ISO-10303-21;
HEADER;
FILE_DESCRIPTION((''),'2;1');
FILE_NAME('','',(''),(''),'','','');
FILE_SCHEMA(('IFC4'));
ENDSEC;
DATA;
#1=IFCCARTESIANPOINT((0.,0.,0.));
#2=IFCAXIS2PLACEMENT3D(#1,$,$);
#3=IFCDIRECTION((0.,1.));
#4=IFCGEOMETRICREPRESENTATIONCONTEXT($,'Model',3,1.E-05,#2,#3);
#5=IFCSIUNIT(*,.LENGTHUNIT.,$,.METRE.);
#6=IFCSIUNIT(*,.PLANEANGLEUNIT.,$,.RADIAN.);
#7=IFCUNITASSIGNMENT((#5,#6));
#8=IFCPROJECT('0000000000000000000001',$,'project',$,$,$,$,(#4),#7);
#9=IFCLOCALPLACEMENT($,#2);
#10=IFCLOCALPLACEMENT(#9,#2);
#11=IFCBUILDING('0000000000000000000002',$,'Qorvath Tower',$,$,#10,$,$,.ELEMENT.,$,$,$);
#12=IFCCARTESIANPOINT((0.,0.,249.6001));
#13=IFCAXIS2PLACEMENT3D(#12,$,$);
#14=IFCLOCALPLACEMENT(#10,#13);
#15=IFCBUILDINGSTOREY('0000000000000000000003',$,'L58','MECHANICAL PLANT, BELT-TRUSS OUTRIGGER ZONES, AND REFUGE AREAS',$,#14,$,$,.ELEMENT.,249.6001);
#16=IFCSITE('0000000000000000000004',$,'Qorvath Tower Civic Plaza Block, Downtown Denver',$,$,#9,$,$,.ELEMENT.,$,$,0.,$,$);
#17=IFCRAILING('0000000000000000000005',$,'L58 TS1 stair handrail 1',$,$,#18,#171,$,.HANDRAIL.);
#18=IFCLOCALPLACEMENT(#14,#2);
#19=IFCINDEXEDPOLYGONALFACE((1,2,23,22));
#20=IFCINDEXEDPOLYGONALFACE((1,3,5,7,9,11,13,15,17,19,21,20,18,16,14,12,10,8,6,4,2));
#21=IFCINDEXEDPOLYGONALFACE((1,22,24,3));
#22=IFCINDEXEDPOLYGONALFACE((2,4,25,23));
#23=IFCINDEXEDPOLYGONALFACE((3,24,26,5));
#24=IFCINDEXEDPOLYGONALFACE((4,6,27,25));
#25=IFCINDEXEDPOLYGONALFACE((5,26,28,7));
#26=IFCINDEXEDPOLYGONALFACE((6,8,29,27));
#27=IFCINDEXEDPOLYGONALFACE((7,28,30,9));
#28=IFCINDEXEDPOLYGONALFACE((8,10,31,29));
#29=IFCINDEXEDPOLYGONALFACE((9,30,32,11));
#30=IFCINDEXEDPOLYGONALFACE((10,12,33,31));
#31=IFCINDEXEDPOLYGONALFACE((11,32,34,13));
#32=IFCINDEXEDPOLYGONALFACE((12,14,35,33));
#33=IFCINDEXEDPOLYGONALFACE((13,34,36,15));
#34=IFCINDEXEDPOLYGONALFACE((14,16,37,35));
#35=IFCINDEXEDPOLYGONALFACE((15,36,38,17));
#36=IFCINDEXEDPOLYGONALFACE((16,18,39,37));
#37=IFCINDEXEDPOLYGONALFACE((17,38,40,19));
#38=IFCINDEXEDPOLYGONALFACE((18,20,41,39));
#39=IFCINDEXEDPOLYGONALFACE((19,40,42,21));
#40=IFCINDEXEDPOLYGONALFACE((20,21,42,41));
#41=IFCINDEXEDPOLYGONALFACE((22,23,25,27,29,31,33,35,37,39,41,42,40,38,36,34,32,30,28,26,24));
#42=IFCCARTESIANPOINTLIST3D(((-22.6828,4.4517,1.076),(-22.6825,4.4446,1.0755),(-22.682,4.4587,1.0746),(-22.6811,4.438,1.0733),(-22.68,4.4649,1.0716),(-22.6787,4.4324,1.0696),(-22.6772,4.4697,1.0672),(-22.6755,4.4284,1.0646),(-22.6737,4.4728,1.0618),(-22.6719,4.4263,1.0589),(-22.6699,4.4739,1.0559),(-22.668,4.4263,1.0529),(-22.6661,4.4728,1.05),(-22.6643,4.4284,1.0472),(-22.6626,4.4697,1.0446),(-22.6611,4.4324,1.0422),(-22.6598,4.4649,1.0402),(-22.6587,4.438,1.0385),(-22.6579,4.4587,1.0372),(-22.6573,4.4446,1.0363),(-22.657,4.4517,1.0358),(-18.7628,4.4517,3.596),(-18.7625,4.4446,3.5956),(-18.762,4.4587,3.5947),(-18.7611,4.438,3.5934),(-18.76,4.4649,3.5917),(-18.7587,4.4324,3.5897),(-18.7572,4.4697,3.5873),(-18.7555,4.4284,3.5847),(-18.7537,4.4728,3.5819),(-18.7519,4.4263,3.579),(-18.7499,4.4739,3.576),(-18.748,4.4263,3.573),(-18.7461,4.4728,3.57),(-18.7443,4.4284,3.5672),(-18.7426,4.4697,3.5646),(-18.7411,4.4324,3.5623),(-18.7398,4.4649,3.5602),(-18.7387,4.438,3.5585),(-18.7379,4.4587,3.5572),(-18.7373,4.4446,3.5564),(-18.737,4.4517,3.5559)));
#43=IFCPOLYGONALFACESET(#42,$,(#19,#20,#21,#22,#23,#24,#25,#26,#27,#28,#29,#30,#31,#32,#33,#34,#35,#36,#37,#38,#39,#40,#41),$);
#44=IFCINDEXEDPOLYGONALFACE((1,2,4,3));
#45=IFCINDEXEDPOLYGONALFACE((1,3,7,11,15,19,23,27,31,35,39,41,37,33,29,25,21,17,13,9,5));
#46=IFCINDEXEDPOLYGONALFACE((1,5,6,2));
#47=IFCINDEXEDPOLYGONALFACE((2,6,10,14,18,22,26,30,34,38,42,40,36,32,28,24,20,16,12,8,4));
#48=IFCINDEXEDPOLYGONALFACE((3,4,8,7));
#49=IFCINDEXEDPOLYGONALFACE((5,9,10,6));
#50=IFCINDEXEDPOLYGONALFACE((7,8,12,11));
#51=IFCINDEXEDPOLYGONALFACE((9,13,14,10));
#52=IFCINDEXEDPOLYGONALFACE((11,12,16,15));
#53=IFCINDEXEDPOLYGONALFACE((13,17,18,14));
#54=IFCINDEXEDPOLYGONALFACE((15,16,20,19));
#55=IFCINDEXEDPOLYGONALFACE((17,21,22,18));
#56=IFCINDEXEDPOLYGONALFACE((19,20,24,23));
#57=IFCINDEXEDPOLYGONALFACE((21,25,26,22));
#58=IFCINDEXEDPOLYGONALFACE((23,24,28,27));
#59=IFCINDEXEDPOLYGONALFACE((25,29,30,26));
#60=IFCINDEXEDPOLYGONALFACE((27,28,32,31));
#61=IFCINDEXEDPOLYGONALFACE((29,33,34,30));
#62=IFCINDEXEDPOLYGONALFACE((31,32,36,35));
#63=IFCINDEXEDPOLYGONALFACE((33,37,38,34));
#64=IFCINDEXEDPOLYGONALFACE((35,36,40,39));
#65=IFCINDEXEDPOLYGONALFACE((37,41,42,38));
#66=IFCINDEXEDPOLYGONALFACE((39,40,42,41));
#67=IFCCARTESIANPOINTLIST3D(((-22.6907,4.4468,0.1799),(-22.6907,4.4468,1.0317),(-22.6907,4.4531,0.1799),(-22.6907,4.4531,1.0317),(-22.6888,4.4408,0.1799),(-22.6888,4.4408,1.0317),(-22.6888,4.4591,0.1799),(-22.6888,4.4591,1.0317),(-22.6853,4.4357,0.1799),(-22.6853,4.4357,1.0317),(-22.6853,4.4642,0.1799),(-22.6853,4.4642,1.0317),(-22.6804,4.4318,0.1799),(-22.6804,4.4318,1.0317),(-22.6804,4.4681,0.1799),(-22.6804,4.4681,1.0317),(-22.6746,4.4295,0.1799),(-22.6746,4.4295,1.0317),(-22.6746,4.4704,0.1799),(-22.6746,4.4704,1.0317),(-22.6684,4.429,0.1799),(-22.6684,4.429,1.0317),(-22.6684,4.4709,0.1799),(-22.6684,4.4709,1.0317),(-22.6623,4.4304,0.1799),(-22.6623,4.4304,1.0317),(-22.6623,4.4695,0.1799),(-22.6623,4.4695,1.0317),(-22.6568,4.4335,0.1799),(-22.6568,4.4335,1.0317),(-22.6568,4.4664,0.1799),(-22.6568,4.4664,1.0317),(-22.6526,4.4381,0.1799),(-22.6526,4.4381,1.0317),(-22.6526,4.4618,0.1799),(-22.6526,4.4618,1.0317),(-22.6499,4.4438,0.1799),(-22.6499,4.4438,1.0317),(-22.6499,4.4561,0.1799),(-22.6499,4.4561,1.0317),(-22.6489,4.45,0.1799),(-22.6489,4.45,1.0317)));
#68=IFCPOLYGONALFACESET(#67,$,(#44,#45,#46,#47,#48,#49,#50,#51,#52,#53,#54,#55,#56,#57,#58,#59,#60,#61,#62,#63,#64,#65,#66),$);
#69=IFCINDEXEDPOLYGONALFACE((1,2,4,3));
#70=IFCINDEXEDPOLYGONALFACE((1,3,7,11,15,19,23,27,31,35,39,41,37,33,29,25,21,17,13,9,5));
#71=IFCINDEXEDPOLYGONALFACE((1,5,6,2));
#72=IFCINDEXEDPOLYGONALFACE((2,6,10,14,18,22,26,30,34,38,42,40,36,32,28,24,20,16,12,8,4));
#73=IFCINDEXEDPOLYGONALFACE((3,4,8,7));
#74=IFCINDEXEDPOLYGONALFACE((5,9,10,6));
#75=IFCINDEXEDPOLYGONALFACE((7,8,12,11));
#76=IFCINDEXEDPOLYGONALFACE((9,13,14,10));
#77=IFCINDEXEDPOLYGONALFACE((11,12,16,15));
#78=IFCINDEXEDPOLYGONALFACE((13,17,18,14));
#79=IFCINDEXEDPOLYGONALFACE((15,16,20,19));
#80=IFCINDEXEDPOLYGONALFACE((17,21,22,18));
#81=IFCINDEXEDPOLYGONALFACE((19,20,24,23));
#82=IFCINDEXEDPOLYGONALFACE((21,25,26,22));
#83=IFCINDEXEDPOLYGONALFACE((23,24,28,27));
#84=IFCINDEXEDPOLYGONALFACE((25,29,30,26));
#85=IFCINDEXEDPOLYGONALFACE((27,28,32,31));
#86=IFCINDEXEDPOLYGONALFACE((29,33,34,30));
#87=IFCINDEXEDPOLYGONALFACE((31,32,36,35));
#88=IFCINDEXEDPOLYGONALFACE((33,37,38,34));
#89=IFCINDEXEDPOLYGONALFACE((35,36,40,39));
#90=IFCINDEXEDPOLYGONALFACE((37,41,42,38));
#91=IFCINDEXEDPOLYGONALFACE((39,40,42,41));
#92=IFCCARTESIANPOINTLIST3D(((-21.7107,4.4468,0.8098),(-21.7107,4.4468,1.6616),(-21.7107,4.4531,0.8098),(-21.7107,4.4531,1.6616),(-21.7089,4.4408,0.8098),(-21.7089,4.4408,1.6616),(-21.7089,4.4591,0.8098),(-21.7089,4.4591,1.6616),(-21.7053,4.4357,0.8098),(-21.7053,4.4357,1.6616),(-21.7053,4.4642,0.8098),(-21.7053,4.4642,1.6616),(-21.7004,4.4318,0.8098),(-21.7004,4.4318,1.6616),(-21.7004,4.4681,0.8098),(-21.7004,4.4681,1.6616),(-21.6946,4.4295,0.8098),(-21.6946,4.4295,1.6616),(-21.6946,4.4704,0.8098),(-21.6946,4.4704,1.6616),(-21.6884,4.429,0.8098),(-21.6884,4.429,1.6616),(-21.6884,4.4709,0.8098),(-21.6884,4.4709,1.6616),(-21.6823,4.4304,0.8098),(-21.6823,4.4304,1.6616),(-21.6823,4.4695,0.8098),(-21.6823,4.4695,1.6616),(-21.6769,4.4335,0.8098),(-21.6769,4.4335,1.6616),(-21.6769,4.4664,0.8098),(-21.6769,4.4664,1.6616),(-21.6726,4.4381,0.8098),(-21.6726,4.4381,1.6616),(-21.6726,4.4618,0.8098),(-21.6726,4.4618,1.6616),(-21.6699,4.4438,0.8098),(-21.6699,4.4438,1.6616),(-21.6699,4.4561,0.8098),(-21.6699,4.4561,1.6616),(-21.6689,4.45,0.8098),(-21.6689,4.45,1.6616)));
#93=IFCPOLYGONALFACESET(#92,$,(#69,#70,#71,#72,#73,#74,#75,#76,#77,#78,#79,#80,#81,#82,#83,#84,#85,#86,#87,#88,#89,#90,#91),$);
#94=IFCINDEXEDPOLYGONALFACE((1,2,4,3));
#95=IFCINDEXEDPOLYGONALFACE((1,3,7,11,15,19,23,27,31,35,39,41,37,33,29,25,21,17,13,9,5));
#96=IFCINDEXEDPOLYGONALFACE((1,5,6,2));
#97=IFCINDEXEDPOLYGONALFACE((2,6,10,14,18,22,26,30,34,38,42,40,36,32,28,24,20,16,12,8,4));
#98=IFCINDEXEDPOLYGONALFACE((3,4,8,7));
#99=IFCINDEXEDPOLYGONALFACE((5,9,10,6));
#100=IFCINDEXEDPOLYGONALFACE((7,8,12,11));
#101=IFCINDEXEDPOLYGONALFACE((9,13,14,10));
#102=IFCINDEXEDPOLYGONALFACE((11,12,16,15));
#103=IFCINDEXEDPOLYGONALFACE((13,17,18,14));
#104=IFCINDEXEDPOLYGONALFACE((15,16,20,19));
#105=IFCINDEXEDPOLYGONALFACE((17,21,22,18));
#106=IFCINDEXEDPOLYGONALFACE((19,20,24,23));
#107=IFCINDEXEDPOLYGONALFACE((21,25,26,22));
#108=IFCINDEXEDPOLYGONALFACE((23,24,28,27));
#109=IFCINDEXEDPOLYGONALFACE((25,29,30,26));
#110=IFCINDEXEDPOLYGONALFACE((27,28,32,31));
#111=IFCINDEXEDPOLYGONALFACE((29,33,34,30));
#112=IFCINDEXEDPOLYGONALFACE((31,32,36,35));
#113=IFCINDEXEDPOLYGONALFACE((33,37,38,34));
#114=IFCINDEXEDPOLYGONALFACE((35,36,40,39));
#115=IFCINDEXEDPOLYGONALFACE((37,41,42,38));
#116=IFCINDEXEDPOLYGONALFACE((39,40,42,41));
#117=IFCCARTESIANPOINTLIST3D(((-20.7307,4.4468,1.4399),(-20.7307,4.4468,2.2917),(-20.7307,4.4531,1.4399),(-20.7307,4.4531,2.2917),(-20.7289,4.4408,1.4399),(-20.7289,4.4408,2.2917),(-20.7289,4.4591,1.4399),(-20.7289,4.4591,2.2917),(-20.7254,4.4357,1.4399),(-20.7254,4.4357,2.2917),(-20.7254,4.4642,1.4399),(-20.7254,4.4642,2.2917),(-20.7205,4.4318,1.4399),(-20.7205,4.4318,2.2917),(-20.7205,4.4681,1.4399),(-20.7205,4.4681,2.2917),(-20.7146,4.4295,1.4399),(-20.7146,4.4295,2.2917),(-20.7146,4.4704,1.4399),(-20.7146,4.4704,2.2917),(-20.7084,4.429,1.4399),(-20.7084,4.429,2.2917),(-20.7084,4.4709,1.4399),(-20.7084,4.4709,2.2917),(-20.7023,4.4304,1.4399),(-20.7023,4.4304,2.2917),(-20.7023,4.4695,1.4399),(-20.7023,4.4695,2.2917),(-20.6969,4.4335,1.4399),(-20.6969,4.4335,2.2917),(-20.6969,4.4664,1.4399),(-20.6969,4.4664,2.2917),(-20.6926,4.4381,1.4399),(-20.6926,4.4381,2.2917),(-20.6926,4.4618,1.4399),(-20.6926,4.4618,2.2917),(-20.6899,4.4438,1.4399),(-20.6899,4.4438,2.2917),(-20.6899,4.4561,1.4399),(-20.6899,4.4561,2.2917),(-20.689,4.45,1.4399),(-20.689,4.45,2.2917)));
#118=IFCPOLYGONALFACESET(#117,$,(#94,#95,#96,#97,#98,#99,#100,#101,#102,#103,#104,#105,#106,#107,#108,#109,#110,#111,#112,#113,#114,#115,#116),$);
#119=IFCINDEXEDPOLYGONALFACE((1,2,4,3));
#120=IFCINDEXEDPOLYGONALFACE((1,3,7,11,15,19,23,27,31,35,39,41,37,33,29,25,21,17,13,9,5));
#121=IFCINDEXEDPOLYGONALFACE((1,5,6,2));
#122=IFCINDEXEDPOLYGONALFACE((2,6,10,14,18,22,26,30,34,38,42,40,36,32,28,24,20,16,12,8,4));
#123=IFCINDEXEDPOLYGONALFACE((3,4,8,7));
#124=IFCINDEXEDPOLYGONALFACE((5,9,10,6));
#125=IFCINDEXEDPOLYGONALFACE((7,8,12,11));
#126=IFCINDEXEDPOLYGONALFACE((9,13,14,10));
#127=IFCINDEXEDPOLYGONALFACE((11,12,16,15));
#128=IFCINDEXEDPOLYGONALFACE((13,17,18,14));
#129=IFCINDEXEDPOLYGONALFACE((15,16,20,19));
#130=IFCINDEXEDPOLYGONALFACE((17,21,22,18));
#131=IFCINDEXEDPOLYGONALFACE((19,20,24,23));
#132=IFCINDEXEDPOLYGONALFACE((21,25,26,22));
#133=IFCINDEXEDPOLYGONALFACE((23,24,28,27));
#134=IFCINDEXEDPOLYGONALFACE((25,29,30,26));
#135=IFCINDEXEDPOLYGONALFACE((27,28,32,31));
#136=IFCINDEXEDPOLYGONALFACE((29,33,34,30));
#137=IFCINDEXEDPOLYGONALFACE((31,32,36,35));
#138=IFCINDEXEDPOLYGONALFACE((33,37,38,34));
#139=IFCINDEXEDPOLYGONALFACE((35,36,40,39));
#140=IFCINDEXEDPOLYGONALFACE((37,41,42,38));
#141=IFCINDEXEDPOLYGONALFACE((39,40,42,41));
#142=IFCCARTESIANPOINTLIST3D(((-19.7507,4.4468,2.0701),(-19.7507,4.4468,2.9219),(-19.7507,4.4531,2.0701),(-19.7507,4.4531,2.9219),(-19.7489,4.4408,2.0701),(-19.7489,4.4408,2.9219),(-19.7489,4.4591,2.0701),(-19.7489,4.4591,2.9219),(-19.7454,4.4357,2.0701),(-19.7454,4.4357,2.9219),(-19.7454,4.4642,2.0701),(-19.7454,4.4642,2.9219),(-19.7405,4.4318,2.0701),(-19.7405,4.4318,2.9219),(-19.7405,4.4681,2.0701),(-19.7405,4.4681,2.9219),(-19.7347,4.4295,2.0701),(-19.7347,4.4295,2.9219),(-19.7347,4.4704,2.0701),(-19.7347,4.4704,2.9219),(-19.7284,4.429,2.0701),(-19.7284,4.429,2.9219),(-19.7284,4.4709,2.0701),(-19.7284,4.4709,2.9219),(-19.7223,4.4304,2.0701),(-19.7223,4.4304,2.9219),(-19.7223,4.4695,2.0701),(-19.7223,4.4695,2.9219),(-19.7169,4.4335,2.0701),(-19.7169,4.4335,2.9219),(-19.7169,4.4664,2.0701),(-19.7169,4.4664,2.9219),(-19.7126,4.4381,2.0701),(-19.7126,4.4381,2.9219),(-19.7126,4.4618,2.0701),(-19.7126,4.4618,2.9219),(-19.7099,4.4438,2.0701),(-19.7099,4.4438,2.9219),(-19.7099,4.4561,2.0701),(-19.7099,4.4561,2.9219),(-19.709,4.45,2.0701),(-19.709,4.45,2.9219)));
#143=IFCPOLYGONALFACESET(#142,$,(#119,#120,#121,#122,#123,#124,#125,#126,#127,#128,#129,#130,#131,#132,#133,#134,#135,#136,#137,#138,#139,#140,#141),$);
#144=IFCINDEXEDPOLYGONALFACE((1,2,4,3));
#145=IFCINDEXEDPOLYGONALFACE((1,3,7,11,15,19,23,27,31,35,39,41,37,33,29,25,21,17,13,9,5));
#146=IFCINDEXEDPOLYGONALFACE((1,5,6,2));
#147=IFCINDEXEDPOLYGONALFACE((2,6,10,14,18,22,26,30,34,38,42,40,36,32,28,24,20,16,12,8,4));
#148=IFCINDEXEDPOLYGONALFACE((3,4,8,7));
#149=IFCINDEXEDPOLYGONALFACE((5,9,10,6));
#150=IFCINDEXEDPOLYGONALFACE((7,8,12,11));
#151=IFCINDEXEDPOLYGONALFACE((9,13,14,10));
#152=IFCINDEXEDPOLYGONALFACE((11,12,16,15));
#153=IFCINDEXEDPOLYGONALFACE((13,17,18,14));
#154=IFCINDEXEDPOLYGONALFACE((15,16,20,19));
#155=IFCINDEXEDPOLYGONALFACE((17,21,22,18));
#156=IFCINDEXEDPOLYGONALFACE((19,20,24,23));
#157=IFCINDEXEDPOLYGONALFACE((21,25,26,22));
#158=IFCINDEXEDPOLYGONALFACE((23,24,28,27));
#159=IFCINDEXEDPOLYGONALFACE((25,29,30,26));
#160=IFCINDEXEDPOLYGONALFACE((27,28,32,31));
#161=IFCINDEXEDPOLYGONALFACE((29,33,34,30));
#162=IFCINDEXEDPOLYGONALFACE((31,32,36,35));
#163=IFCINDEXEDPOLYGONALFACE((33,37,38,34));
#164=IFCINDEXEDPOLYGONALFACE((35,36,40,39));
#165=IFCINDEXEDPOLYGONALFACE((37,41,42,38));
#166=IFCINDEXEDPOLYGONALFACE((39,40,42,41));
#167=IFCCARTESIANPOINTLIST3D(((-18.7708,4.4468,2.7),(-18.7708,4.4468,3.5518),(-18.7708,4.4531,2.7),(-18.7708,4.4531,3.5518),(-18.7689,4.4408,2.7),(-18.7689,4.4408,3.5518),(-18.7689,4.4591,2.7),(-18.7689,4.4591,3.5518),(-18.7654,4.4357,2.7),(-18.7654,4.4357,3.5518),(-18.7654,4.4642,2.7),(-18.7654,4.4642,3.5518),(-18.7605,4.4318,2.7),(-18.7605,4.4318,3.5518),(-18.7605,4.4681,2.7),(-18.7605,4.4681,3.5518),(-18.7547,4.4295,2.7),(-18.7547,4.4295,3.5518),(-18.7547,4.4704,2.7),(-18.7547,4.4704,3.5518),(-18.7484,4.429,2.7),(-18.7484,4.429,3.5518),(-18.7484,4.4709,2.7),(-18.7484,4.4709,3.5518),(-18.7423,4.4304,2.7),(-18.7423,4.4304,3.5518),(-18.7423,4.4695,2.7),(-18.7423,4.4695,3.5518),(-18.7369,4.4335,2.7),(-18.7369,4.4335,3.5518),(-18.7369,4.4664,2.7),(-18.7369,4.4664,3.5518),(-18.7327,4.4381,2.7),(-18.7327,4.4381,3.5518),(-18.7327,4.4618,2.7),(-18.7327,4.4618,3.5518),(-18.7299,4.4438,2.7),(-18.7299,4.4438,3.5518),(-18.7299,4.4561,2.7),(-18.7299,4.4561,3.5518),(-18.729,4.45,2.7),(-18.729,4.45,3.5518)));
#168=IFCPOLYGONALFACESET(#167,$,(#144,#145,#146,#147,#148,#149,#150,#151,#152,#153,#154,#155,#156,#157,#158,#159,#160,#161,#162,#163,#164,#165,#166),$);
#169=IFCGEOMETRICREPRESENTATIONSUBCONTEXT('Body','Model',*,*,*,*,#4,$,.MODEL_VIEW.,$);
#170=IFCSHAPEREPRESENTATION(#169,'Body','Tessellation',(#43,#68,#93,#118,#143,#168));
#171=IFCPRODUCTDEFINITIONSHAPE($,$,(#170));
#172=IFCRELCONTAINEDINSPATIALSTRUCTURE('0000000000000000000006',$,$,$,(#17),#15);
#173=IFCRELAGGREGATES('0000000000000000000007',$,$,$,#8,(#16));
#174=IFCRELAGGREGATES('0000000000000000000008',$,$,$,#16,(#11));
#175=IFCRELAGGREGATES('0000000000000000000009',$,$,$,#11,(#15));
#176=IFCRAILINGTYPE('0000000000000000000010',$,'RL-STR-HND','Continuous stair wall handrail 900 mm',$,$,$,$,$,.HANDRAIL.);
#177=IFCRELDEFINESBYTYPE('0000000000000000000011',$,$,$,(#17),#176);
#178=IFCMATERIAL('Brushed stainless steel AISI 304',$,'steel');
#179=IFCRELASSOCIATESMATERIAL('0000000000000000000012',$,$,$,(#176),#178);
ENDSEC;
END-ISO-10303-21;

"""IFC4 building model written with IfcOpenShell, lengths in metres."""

from ifc_helpers import new_model, si_unit, direction, frame, origin, origin_2d, place, context, subcontext, project, spatial, circle, extrude, material, type_object, element, save


model = new_model("IFC4")

# Units and contexts
model_context = context("Model", 3, precision=1e-05, world=origin(), true_north=direction((0.0, 1.0)))
body_context = subcontext(model_context, "Body", "Model", "MODEL_VIEW")
ifc_project = project(units=[si_unit("LENGTHUNIT", "METRE"), si_unit("PLANEANGLEUNIT", "RADIAN")], contexts=[model_context])

# Site, building, storey
site_placement = place(None, origin())
site = spatial("IfcSite", under=ifc_project, at=site_placement, Name="Qorvath Tower Civic Plaza Block, Downtown Denver", CompositionType="ELEMENT", RefElevation=0.0)
building_placement = place(site_placement, origin())
building = spatial("IfcBuilding", under=site, at=building_placement, Name="Qorvath Tower", CompositionType="ELEMENT")
storey_placement = place(building_placement, frame((0.0, 0.0, 249.6001)))
storey = spatial("IfcBuildingStorey", under=building, at=storey_placement, Name="L58", Description="MECHANICAL PLANT, BELT-TRUSS OUTRIGGER ZONES, AND REFUGE AREAS", CompositionType="ELEMENT", Elevation=249.6001)

# Railing
ifc_material_1 = material(Name="Brushed stainless steel AISI 304", Category="steel")
railing_type_1 = type_object("IfcRailingType", Name="RL-STR-HND", Description="Continuous stair wall handrail 900 mm", PredefinedType="HANDRAIL", material=ifc_material_1)
railing_1_placement = place(storey_placement, frame((-22.6699, 4.45, 0.1799)))
element("IfcRailing", 1, at=railing_1_placement, inside=storey, type_object=railing_type_1, Name="L58 TS1 stair handrail 1", PredefinedType="HANDRAIL", context=body_context, shape_type="SweptSolid", body=[
    extrude(circle(Radius=0.0239, at=origin_2d()), frame((0.0, 0.0, 0.876), z_axis=(0.841172, 0.0, 0.540768), x_axis=(0.0, 1.0, 0.0)), (0.0, 0.0, 1.0), 4.6602),
    extrude(circle(Radius=0.021, at=origin_2d()), origin(), (0.0, 0.0, 1.0), 0.8518),
    extrude(circle(Radius=0.021, at=origin_2d()), frame((0.98, 0.0, 0.6299)), (0.0, 0.0, 1.0), 0.8518),
    extrude(circle(Radius=0.021, at=origin_2d()), frame((1.96, 0.0, 1.26)), (0.0, 0.0, 1.0), 0.8518),
    extrude(circle(Radius=0.021, at=origin_2d()), frame((2.9399, 0.0, 1.8901)), (0.0, 0.0, 1.0), 0.8518),
    extrude(circle(Radius=0.021, at=origin_2d()), frame((3.9199, 0.0, 2.52)), (0.0, 0.0, 1.0), 0.8518),
])

save(model, "model.ifc")
